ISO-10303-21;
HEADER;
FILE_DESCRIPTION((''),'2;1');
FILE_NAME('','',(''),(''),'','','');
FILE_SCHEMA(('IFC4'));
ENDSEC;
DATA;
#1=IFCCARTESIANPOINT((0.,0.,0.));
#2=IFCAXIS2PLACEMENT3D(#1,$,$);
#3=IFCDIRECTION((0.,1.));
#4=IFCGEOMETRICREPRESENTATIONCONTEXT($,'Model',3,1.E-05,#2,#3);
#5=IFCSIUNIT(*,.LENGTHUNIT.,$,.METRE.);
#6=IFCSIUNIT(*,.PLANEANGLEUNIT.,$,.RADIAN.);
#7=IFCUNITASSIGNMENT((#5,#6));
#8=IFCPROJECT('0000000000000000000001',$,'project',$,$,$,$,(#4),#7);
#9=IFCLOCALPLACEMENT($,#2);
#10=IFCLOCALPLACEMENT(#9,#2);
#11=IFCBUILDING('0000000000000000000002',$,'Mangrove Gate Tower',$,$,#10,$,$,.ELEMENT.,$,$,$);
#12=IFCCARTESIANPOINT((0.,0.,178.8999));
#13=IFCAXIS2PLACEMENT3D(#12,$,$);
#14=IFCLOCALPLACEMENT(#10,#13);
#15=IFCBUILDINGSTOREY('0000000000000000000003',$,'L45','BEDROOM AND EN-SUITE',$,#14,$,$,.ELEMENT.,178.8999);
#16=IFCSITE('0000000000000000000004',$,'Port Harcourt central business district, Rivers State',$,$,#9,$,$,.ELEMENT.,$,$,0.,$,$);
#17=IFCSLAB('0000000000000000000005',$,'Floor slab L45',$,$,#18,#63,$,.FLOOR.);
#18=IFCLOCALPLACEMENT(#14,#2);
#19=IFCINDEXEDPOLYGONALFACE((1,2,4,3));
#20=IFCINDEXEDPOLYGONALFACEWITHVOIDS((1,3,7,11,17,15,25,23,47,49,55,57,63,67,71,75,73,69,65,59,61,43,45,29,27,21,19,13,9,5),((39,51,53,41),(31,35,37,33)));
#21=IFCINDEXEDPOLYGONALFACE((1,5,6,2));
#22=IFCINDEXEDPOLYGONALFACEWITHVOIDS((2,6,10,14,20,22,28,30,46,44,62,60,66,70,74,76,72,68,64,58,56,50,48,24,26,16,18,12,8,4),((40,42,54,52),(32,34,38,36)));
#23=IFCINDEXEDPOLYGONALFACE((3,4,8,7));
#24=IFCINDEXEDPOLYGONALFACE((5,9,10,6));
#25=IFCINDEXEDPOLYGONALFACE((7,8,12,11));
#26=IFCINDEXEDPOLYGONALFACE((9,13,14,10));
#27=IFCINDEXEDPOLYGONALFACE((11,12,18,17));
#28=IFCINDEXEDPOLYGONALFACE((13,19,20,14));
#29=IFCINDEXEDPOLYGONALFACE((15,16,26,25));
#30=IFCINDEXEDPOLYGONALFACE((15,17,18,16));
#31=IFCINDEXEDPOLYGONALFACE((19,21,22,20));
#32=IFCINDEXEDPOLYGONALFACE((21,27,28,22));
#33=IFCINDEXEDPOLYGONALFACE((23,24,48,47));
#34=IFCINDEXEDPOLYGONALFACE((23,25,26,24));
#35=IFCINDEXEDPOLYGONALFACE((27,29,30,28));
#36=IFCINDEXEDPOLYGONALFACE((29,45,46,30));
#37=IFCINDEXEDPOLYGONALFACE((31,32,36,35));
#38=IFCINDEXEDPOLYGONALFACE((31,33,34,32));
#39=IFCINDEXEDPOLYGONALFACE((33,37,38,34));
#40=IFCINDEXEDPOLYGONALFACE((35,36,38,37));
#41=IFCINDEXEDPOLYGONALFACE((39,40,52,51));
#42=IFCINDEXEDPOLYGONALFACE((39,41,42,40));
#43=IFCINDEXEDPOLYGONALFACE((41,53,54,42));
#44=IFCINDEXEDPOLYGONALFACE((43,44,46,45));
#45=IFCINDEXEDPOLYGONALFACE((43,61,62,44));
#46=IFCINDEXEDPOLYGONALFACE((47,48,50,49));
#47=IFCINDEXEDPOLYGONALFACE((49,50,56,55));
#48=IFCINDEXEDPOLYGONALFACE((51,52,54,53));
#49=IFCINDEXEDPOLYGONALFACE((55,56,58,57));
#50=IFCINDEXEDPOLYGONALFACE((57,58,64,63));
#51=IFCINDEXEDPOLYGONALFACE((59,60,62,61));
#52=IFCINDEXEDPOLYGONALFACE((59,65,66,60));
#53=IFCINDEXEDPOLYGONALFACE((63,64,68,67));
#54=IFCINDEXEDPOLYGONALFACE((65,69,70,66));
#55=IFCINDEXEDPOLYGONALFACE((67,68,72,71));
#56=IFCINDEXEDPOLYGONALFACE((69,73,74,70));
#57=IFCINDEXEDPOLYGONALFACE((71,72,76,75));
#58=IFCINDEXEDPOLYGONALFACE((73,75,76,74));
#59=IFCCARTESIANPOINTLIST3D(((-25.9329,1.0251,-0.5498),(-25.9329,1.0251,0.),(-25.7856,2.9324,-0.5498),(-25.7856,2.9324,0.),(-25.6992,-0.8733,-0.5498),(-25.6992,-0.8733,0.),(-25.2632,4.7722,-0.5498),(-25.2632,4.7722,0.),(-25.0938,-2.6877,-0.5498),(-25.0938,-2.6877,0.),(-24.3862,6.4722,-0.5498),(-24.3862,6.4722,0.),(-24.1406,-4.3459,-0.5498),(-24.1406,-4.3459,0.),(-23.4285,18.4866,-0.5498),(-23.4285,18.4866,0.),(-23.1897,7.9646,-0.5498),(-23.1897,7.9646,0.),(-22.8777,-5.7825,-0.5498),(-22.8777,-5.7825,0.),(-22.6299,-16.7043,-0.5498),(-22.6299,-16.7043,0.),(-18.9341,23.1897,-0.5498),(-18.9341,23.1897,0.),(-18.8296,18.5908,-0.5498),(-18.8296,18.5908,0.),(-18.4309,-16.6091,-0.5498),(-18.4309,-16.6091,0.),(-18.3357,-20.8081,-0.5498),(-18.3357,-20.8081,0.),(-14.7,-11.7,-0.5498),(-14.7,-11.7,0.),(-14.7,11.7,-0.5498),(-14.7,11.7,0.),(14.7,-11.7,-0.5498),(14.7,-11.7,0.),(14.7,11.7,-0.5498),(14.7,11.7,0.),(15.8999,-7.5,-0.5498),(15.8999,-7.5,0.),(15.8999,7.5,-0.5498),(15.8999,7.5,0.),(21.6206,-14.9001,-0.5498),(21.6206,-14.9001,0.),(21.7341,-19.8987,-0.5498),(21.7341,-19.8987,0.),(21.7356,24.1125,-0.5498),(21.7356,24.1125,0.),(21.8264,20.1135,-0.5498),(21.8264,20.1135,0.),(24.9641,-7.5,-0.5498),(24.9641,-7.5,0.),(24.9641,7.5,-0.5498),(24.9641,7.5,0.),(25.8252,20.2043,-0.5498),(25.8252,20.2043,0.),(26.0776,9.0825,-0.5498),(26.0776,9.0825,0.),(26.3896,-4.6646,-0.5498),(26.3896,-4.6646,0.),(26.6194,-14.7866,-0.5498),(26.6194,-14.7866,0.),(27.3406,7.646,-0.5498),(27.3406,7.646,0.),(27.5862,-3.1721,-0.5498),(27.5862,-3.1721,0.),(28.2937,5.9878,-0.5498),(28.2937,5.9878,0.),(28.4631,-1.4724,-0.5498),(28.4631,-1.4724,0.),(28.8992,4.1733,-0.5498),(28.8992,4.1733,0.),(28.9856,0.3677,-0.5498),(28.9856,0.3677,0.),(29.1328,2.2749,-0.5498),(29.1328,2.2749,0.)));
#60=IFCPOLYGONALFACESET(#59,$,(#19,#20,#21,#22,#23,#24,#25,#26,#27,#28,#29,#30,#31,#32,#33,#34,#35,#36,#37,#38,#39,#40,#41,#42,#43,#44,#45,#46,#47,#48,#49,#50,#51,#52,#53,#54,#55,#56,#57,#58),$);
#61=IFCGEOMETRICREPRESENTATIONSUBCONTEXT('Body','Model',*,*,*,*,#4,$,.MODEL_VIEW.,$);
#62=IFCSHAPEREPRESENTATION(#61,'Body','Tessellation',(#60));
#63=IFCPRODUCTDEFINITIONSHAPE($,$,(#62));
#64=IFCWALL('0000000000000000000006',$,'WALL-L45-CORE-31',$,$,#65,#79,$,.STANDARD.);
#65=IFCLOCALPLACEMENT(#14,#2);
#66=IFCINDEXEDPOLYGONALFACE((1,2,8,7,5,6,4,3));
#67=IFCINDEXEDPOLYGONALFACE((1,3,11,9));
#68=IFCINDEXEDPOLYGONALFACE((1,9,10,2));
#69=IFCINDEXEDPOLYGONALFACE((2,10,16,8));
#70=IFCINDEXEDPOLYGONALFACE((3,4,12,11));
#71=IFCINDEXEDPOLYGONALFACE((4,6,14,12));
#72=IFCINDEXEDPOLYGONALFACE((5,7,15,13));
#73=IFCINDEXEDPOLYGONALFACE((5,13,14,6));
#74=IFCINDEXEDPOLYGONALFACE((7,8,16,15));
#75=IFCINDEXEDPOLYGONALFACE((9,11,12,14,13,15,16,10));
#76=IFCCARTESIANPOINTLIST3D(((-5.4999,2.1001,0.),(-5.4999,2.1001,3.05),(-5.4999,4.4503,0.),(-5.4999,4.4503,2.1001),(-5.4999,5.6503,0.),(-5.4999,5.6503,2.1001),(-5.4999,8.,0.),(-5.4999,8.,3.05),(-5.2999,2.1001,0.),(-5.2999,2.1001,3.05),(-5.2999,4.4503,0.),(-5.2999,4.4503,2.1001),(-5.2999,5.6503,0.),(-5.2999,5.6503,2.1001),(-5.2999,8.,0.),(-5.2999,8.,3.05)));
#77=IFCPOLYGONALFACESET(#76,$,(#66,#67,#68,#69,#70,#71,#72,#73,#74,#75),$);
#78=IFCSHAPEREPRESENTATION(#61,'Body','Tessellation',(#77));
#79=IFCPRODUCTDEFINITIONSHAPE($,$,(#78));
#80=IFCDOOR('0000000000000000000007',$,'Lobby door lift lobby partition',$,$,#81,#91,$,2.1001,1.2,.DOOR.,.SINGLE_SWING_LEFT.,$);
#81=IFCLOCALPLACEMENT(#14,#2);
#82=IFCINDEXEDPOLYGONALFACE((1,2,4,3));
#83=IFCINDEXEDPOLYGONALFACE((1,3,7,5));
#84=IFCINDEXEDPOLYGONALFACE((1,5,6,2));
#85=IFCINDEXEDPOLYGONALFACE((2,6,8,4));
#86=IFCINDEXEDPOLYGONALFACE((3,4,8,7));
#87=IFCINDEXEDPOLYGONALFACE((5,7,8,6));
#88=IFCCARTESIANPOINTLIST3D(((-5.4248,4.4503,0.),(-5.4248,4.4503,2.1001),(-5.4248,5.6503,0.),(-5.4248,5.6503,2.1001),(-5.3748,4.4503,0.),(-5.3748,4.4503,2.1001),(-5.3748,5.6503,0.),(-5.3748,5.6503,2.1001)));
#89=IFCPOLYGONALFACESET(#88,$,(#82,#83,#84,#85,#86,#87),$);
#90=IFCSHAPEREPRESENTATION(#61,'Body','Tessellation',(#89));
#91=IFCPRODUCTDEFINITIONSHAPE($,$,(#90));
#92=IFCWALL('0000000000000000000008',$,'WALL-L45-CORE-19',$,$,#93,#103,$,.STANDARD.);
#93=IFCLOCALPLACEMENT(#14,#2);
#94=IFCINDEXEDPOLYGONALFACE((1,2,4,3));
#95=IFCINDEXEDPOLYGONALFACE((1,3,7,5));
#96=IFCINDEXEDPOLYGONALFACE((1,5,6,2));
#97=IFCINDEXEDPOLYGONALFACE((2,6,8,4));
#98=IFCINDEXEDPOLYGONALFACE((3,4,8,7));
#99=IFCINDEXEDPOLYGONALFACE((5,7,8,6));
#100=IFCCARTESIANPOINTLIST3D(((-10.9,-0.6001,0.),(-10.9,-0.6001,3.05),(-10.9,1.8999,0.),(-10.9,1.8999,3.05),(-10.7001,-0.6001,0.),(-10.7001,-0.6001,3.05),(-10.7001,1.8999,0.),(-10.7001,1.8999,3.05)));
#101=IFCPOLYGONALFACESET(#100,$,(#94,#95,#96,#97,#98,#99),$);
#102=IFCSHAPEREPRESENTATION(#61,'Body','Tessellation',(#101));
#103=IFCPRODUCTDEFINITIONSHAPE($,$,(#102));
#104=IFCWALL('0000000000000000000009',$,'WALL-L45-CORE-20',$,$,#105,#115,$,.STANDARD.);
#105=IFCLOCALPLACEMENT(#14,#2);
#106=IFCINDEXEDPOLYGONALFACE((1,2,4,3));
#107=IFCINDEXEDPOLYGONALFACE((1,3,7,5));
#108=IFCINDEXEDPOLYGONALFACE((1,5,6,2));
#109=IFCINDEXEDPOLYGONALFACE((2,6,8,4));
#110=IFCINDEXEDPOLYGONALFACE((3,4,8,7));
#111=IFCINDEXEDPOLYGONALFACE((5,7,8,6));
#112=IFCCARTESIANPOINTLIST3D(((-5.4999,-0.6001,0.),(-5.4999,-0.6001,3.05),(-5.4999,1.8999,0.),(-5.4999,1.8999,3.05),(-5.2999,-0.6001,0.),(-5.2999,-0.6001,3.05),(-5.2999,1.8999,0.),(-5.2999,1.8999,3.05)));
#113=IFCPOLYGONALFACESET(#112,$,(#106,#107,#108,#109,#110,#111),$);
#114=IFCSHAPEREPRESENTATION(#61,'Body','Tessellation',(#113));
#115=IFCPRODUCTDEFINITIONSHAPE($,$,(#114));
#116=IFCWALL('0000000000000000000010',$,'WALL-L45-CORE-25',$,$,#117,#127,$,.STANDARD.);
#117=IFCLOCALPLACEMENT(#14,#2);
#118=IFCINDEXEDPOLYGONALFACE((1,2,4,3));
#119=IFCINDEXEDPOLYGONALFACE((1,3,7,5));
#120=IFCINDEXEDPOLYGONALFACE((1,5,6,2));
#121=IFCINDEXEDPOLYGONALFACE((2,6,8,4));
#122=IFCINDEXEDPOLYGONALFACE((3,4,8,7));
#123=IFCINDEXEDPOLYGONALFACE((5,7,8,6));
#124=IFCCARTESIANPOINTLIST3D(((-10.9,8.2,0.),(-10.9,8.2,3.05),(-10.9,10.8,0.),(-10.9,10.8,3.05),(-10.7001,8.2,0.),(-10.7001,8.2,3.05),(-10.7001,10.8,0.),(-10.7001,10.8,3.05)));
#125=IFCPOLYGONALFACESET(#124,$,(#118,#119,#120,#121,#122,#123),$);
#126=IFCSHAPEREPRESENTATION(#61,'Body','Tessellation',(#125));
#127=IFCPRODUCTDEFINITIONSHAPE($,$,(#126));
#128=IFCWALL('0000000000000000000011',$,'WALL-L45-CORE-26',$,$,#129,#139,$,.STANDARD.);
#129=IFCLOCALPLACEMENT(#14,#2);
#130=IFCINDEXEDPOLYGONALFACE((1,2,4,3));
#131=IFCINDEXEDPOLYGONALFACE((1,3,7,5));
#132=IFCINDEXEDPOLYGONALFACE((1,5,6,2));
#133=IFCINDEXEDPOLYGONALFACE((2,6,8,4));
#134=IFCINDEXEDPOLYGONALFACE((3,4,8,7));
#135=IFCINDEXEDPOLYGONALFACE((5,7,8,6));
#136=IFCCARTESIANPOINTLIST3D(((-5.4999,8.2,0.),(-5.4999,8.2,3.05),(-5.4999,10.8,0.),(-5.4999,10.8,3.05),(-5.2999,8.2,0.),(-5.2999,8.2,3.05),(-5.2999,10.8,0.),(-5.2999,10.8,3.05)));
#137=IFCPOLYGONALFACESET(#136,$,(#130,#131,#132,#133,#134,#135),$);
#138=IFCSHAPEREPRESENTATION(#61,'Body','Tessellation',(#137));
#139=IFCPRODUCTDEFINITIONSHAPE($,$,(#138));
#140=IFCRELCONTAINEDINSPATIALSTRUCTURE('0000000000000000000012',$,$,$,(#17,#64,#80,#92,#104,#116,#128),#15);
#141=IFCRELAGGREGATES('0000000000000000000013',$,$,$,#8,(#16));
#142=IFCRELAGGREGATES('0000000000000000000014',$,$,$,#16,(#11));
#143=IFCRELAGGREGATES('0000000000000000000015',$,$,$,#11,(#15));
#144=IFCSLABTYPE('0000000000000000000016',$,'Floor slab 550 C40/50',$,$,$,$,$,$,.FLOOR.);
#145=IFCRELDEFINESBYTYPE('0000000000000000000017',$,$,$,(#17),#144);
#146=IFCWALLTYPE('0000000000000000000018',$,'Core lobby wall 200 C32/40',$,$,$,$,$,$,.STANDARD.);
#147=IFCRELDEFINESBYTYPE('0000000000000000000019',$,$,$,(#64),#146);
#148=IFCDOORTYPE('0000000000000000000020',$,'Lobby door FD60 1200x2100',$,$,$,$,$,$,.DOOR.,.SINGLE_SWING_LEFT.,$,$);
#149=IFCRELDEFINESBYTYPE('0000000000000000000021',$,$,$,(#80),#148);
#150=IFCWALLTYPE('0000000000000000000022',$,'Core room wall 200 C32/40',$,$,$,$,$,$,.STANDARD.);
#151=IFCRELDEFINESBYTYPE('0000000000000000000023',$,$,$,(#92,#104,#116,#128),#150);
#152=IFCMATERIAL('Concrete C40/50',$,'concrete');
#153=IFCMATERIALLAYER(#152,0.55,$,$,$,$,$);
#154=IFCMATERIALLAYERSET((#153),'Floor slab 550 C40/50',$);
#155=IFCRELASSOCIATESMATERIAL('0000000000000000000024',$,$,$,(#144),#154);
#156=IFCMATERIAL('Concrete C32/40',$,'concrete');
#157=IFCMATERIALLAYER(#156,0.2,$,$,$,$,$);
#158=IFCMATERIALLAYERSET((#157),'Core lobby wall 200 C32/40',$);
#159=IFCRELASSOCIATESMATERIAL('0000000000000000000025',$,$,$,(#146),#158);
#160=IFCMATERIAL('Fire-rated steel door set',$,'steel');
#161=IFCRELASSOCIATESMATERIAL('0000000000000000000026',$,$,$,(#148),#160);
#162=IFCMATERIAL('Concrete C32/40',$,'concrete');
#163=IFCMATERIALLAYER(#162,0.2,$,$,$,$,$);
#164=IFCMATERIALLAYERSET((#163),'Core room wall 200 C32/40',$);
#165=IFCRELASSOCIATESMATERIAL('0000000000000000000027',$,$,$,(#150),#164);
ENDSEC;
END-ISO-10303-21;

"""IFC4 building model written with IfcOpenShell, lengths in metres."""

from ifc_helpers import new_model, si_unit, direction, frame, frame_2d, origin, place, context, subcontext, project, spatial, polyline, rectangle, outline, extrude, material, layer, layer_set, type_object, element, fill, save


model = new_model("IFC4")

# Units and contexts
model_context = context("Model", 3, precision=1e-05, world=origin(), true_north=direction((0.0, 1.0)))
body_context = subcontext(model_context, "Body", "Model", "MODEL_VIEW")
ifc_project = project(units=[si_unit("LENGTHUNIT", "METRE"), si_unit("PLANEANGLEUNIT", "RADIAN")], contexts=[model_context])

# Site, building, storey
site_placement = place(None, origin())
site = spatial("IfcSite", under=ifc_project, at=site_placement, Name="Port Harcourt central business district, Rivers State", CompositionType="ELEMENT", RefElevation=0.0)
building_placement = place(site_placement, origin())
building = spatial("IfcBuilding", under=site, at=building_placement, Name="Mangrove Gate Tower", CompositionType="ELEMENT")
storey_placement = place(building_placement, frame((0.0, 0.0, 178.8999)))
storey = spatial("IfcBuildingStorey", under=building, at=storey_placement, Name="L45", Description="BEDROOM AND EN-SUITE", CompositionType="ELEMENT", Elevation=178.8999)

# Slab
ifc_material_1 = material(Name="Concrete C40/50", Category="concrete")
ifc_layer_1 = layer(ifc_material_1, 0.55)
ifc_layer_set_1 = layer_set([ifc_layer_1], Name="Floor slab 550 C40/50")
slab_type_1 = type_object("IfcSlabType", Name="Floor slab 550 C40/50", PredefinedType="FLOOR", material=ifc_layer_set_1)
slab_1_placement = place(storey_placement, frame((0.0, 0.0, -0.5498)))
element("IfcSlab", 1, at=slab_1_placement, inside=storey, type_object=slab_type_1, Name="Floor slab L45", PredefinedType="FLOOR", context=body_context, shape_type="SweptSolid", body=[
    extrude(outline(polyline([(-18.3357, -20.8081), (21.7341, -19.8987), (21.6206, -14.9001), (26.6194, -14.7866), (26.3896, -4.6646), (27.5862, -3.1721), (28.4631, -1.4724), (28.9856, 0.3677), (29.1328, 2.2749), (28.8992, 4.1733), (28.2937, 5.9878), (27.3406, 7.646), (26.0776, 9.0825), (25.8252, 20.2043), (21.8264, 20.1135), (21.7356, 24.1125), (-18.9341, 23.1897), (-18.8296, 18.5908), (-23.4285, 18.4866), (-23.1897, 7.9646), (-24.3862, 6.4722), (-25.2632, 4.7722), (-25.7856, 2.9324), (-25.9329, 1.0251), (-25.6992, -0.8733), (-25.0938, -2.6877), (-24.1406, -4.3459), (-22.8777, -5.7825), (-22.6299, -16.7043), (-18.4309, -16.6091), (-18.3357, -20.8081)]), holes=[polyline([(15.8999, 7.5), (24.9641, 7.5), (24.9641, -7.5), (15.8999, -7.5), (15.8999, 7.5)]), polyline([(-14.7, -11.7), (-14.7, 11.7), (14.7, 11.7), (14.7, -11.7), (-14.7, -11.7)])]), origin(), (0.0, 0.0, 1.0), 0.5498),
])

# Wall, opening, door
ifc_material_2 = material(Name="Concrete C32/40", Category="concrete")
ifc_layer_2 = layer(ifc_material_2, 0.2)
ifc_layer_set_2 = layer_set([ifc_layer_2], Name="Core lobby wall 200 C32/40")
wall_type_1 = type_object("IfcWallType", Name="Core lobby wall 200 C32/40", PredefinedType="STANDARD", material=ifc_layer_set_2)
wall_1_placement = place(storey_placement, frame((-5.3999, 2.1001, 0.0), z_axis=(0.0, 0.0, 1.0), x_axis=(0.0, 1.0, 0.0)))
wall_1 = element("IfcWall", 2, at=wall_1_placement, inside=storey, type_object=wall_type_1, Name="WALL-L45-CORE-31", PredefinedType="STANDARD", context=body_context, shape_type="SweptSolid", body=[
    extrude(rectangle(XDim=5.8999, YDim=0.2, at=frame_2d((2.95, 0.0))), origin(), (0.0, 0.0, 1.0), 3.05),
])
opening_1_placement = place(wall_1_placement, frame((2.3501, 0.0, 0.0)))
opening_1 = element("IfcOpeningElement", 3, at=opening_1_placement, cuts=wall_1, PredefinedType="OPENING", context=body_context, shape_type="SweptSolid", body=[
    extrude(rectangle(XDim=1.2, YDim=2.1001, at=frame_2d((0.6001, 1.05))), frame((0.0, 0.1099, 0.0), z_axis=(0.0, -1.0, 0.0), x_axis=(1.0, 0.0, 0.0)), (0.0, 0.0, 1.0), 0.22),
])
ifc_material_3 = material(Name="Fire-rated steel door set", Category="steel")
door_type_1 = type_object("IfcDoorType", Name="Lobby door FD60 1200x2100", OperationType="SINGLE_SWING_LEFT", PredefinedType="DOOR", material=ifc_material_3)
door_1_placement = place(opening_1_placement, origin())
door_1 = element("IfcDoor", 4, at=door_1_placement, inside=storey, type_object=door_type_1, Name="Lobby door lift lobby partition", OperationType="SINGLE_SWING_LEFT", OverallHeight=2.1001, OverallWidth=1.2, PredefinedType="DOOR", context=body_context, shape_type="SweptSolid", body=[
    extrude(rectangle(XDim=1.2, YDim=2.1001, at=frame_2d((0.6001, 1.05))), frame((0.0, 0.0249, 0.0), z_axis=(0.0, -1.0, 0.0), x_axis=(1.0, 0.0, 0.0)), (0.0, 0.0, 1.0), 0.05),
])
fill(opening_1, door_1)

# Walls
ifc_material_4 = material(Name="Concrete C32/40", Category="concrete")
ifc_layer_3 = layer(ifc_material_4, 0.2)
ifc_layer_set_3 = layer_set([ifc_layer_3], Name="Core room wall 200 C32/40")
wall_type_2 = type_object("IfcWallType", Name="Core room wall 200 C32/40", PredefinedType="STANDARD", material=ifc_layer_set_3)
for number, where, z_axis, x_axis, name in (
    (5, (-10.8, -0.6001, 0.0), (0.0, 0.0, 1.0), (0.0, 1.0, 0.0), "WALL-L45-CORE-19"),
    (6, (-5.3999, -0.6001, 0.0), (0.0, 0.0, 1.0), (0.0, 1.0, 0.0), "WALL-L45-CORE-20"),
):
    element("IfcWall", number, at=place(storey_placement, frame(where, z_axis=z_axis, x_axis=x_axis)), inside=storey, type_object=wall_type_2, Name=name, PredefinedType="STANDARD", context=body_context, shape_type="SweptSolid", body=[
        extrude(rectangle(XDim=2.5, YDim=0.2, at=frame_2d((1.25, 0.0))), origin(), (0.0, 0.0, 1.0), 3.05),
    ])
for number, where, z_axis, x_axis, name in (
    (7, (-10.8, 8.2, 0.0), (0.0, 0.0, 1.0), (0.0, 1.0, 0.0), "WALL-L45-CORE-25"),
    (8, (-5.3999, 8.2, 0.0), (0.0, 0.0, 1.0), (0.0, 1.0, 0.0), "WALL-L45-CORE-26"),
):
    element("IfcWall", number, at=place(storey_placement, frame(where, z_axis=z_axis, x_axis=x_axis)), inside=storey, type_object=wall_type_2, Name=name, PredefinedType="STANDARD", context=body_context, shape_type="SweptSolid", body=[
        extrude(rectangle(XDim=2.6001, YDim=0.2, at=frame_2d((1.3, 0.0))), origin(), (0.0, 0.0, 1.0), 3.05),
    ])

save(model, "model.ifc")
